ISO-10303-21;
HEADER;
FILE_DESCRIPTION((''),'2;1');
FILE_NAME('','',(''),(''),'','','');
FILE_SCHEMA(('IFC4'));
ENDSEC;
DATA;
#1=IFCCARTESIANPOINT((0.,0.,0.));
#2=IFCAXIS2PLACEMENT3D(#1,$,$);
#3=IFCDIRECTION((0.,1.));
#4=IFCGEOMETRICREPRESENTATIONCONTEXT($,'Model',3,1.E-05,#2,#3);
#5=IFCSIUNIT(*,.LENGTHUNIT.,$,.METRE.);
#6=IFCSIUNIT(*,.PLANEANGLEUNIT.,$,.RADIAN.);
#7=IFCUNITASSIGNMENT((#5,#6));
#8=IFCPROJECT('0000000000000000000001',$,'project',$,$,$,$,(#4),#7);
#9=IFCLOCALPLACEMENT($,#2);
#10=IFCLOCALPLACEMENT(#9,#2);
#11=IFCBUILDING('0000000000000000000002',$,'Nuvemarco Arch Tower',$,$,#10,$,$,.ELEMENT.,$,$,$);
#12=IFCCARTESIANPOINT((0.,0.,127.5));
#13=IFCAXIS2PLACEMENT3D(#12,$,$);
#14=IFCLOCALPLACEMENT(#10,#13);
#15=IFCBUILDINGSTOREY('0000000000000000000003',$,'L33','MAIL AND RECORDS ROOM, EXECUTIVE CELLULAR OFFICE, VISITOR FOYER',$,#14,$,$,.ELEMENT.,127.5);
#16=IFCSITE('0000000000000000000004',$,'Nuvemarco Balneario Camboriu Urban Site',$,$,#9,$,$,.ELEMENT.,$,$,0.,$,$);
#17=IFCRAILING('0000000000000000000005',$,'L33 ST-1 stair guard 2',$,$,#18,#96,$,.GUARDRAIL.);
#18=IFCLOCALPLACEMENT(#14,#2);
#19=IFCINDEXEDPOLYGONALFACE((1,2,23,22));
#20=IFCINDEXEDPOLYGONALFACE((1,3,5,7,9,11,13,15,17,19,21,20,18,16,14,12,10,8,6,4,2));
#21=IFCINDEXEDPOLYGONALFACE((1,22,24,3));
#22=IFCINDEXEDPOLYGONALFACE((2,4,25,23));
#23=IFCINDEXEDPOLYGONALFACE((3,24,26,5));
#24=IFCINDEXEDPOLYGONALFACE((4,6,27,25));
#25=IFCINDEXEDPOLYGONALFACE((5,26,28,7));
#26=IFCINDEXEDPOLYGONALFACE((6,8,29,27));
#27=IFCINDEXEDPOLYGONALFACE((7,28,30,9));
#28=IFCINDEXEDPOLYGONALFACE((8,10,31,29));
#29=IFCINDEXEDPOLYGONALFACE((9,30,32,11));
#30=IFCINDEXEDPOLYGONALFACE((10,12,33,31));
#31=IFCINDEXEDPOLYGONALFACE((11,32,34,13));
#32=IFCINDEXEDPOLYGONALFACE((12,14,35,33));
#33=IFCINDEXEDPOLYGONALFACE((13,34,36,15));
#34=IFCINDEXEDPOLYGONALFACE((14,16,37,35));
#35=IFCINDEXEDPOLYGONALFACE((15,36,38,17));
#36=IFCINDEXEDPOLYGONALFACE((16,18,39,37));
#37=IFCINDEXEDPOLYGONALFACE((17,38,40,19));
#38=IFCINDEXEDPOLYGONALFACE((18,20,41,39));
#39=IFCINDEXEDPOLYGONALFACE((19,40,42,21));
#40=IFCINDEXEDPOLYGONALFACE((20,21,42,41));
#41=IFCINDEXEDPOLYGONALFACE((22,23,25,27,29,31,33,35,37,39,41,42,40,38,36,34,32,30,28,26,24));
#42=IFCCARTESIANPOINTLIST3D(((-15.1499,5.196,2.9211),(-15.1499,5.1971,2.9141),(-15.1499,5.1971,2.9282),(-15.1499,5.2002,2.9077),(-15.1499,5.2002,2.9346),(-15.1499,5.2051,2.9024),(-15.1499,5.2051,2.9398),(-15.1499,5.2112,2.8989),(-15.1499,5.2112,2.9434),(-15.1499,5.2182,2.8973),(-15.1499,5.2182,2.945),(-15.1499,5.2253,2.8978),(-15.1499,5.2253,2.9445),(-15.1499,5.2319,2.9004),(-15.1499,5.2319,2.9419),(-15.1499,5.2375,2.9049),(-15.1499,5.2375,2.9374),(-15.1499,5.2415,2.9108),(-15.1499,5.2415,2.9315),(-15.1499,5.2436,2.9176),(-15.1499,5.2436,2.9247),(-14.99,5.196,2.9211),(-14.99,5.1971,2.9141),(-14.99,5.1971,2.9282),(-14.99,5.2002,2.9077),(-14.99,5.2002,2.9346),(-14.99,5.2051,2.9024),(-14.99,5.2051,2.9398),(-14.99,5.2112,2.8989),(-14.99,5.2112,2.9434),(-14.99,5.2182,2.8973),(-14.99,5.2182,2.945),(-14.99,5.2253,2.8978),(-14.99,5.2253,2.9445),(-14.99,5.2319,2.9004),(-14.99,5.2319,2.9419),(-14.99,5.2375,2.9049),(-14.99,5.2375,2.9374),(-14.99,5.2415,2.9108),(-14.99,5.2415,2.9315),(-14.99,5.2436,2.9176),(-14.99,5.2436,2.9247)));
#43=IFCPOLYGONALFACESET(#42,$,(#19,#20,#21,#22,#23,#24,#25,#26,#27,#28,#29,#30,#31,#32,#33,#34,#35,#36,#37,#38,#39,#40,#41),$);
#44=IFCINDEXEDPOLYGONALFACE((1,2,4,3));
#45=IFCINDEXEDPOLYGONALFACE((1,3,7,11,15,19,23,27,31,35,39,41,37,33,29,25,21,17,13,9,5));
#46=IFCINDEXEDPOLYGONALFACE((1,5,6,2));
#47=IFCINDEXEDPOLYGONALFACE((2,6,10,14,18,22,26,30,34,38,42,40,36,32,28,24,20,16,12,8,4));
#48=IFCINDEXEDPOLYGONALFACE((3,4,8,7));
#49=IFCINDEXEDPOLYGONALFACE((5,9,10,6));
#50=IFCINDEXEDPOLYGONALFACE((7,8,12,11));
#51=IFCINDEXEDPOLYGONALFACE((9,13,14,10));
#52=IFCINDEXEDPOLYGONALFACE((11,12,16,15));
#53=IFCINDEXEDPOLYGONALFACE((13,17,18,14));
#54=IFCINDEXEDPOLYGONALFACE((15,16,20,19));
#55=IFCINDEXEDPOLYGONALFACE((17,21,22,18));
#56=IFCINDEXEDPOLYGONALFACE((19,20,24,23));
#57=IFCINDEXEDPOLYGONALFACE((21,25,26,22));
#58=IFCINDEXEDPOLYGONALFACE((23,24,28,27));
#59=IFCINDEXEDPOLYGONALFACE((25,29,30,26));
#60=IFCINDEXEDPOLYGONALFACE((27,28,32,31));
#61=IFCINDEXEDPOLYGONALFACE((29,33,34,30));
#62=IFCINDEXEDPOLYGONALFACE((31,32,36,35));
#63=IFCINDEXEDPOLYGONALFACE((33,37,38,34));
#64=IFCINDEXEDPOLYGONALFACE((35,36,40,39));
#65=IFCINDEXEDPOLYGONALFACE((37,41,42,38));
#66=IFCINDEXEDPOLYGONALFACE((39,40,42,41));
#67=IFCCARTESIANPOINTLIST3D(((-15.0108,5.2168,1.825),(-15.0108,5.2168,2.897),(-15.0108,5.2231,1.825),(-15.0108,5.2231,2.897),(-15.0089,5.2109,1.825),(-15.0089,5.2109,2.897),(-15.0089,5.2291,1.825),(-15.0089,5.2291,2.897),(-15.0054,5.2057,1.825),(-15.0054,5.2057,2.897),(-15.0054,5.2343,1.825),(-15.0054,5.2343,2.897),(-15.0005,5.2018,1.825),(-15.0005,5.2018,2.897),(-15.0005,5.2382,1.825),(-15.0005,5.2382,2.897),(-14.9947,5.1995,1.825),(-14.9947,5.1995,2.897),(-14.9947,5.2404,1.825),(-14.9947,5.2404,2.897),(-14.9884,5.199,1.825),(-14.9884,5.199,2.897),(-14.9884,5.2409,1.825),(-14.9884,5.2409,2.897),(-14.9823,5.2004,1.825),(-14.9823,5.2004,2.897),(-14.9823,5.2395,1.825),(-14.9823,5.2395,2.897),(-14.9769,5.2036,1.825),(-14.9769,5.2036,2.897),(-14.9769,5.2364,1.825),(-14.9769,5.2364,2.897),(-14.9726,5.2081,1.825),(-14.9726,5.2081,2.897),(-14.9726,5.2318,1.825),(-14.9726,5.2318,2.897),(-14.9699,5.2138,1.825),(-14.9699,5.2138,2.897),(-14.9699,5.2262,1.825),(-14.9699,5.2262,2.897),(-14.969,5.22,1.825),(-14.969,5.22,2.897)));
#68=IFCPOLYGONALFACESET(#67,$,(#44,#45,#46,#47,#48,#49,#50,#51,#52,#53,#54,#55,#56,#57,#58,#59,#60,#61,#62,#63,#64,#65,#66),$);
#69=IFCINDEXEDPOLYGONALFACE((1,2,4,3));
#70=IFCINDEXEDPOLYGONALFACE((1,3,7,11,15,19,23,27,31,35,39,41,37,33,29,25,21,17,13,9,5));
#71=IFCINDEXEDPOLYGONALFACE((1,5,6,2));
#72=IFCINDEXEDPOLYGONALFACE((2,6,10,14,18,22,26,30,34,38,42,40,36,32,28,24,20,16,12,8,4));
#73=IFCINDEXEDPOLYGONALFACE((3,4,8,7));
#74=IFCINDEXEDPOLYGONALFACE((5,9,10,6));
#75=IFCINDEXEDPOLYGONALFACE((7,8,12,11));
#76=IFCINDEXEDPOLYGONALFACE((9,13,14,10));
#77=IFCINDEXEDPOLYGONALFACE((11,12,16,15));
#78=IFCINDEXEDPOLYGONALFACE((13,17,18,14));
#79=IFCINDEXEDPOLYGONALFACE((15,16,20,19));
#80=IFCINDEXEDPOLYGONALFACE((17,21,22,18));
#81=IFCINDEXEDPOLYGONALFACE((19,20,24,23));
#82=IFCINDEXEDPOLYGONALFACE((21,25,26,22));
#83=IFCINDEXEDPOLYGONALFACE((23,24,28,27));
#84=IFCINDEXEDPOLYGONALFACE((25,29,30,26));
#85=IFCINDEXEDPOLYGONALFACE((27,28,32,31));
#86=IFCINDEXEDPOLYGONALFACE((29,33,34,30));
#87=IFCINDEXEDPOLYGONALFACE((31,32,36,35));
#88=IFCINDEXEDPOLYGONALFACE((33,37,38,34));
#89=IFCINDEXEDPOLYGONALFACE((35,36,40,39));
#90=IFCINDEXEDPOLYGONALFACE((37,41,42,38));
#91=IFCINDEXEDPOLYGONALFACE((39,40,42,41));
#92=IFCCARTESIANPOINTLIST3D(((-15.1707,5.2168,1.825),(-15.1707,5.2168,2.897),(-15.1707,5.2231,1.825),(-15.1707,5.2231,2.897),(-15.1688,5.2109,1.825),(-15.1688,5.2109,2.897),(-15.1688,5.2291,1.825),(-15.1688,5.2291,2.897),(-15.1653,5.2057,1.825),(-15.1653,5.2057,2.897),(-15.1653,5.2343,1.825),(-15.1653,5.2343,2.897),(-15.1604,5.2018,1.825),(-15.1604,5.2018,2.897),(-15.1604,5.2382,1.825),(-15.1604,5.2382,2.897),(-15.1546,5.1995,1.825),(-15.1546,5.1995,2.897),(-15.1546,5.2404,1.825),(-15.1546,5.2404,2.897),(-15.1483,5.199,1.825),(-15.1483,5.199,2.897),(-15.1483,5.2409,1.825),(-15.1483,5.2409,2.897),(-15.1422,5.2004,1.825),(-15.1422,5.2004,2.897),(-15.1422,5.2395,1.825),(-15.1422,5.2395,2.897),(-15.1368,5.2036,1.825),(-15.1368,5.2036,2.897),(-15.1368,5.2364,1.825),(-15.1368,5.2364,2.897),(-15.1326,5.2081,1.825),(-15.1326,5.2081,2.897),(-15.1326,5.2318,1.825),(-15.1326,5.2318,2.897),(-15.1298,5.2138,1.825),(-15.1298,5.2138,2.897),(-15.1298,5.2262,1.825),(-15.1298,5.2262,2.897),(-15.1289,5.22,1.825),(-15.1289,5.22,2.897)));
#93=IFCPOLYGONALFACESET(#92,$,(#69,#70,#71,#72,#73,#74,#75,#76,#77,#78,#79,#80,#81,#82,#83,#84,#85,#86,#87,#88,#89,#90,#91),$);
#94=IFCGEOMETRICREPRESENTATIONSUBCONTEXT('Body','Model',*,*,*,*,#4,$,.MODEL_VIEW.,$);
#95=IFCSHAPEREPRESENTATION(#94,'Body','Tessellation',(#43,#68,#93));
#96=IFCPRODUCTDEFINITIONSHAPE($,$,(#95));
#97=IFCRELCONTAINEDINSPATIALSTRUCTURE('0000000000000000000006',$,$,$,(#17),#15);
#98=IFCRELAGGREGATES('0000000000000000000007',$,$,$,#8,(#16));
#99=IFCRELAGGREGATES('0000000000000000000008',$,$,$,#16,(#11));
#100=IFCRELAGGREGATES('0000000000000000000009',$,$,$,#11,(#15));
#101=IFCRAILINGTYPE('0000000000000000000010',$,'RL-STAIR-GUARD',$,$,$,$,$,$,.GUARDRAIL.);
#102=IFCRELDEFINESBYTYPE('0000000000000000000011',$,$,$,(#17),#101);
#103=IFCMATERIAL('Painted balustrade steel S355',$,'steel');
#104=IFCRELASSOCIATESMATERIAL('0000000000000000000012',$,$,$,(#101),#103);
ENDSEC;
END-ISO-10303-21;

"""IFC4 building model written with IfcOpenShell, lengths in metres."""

from ifc_helpers import new_model, si_unit, direction, frame, origin, origin_2d, place, context, subcontext, project, spatial, circle, extrude, material, type_object, element, save


model = new_model("IFC4")

# Units and contexts
model_context = context("Model", 3, precision=1e-05, world=origin(), true_north=direction((0.0, 1.0)))
body_context = subcontext(model_context, "Body", "Model", "MODEL_VIEW")
ifc_project = project(units=[si_unit("LENGTHUNIT", "METRE"), si_unit("PLANEANGLEUNIT", "RADIAN")], contexts=[model_context])

# Site, building, storey
site_placement = place(None, origin())
site = spatial("IfcSite", under=ifc_project, at=site_placement, Name="Nuvemarco Balneario Camboriu Urban Site", CompositionType="ELEMENT", RefElevation=0.0)
building_placement = place(site_placement, origin())
building = spatial("IfcBuilding", under=site, at=building_placement, Name="Nuvemarco Arch Tower", CompositionType="ELEMENT")
storey_placement = place(building_placement, frame((0.0, 0.0, 127.5)))
storey = spatial("IfcBuildingStorey", under=building, at=storey_placement, Name="L33", Description="MAIL AND RECORDS ROOM, EXECUTIVE CELLULAR OFFICE, VISITOR FOYER", CompositionType="ELEMENT", Elevation=127.5)

# Railing
ifc_material_1 = material(Name="Painted balustrade steel S355", Category="steel")
railing_type_1 = type_object("IfcRailingType", Name="RL-STAIR-GUARD", PredefinedType="GUARDRAIL", material=ifc_material_1)
railing_1_placement = place(storey_placement, frame((-14.99, 5.22, 1.825)))
element("IfcRailing", 1, at=railing_1_placement, inside=storey, type_object=railing_type_1, Name="L33 ST-1 stair guard 2", PredefinedType="GUARDRAIL", context=body_context, shape_type="SweptSolid", body=[
    extrude(circle(Radius=0.0239, at=origin_2d()), frame((0.0, 0.0, 1.0962), z_axis=(-1.0, 0.0, 0.0), x_axis=(0.0, -1.0, 0.0)), (0.0, 0.0, 1.0), 0.1599),
    extrude(circle(Radius=0.021, at=origin_2d()), origin(), (0.0, 0.0, 1.0), 1.072),
    extrude(circle(Radius=0.021, at=origin_2d()), frame((-0.1599, 0.0, 0.0)), (0.0, 0.0, 1.0), 1.072),
])

save(model, "model.ifc")
